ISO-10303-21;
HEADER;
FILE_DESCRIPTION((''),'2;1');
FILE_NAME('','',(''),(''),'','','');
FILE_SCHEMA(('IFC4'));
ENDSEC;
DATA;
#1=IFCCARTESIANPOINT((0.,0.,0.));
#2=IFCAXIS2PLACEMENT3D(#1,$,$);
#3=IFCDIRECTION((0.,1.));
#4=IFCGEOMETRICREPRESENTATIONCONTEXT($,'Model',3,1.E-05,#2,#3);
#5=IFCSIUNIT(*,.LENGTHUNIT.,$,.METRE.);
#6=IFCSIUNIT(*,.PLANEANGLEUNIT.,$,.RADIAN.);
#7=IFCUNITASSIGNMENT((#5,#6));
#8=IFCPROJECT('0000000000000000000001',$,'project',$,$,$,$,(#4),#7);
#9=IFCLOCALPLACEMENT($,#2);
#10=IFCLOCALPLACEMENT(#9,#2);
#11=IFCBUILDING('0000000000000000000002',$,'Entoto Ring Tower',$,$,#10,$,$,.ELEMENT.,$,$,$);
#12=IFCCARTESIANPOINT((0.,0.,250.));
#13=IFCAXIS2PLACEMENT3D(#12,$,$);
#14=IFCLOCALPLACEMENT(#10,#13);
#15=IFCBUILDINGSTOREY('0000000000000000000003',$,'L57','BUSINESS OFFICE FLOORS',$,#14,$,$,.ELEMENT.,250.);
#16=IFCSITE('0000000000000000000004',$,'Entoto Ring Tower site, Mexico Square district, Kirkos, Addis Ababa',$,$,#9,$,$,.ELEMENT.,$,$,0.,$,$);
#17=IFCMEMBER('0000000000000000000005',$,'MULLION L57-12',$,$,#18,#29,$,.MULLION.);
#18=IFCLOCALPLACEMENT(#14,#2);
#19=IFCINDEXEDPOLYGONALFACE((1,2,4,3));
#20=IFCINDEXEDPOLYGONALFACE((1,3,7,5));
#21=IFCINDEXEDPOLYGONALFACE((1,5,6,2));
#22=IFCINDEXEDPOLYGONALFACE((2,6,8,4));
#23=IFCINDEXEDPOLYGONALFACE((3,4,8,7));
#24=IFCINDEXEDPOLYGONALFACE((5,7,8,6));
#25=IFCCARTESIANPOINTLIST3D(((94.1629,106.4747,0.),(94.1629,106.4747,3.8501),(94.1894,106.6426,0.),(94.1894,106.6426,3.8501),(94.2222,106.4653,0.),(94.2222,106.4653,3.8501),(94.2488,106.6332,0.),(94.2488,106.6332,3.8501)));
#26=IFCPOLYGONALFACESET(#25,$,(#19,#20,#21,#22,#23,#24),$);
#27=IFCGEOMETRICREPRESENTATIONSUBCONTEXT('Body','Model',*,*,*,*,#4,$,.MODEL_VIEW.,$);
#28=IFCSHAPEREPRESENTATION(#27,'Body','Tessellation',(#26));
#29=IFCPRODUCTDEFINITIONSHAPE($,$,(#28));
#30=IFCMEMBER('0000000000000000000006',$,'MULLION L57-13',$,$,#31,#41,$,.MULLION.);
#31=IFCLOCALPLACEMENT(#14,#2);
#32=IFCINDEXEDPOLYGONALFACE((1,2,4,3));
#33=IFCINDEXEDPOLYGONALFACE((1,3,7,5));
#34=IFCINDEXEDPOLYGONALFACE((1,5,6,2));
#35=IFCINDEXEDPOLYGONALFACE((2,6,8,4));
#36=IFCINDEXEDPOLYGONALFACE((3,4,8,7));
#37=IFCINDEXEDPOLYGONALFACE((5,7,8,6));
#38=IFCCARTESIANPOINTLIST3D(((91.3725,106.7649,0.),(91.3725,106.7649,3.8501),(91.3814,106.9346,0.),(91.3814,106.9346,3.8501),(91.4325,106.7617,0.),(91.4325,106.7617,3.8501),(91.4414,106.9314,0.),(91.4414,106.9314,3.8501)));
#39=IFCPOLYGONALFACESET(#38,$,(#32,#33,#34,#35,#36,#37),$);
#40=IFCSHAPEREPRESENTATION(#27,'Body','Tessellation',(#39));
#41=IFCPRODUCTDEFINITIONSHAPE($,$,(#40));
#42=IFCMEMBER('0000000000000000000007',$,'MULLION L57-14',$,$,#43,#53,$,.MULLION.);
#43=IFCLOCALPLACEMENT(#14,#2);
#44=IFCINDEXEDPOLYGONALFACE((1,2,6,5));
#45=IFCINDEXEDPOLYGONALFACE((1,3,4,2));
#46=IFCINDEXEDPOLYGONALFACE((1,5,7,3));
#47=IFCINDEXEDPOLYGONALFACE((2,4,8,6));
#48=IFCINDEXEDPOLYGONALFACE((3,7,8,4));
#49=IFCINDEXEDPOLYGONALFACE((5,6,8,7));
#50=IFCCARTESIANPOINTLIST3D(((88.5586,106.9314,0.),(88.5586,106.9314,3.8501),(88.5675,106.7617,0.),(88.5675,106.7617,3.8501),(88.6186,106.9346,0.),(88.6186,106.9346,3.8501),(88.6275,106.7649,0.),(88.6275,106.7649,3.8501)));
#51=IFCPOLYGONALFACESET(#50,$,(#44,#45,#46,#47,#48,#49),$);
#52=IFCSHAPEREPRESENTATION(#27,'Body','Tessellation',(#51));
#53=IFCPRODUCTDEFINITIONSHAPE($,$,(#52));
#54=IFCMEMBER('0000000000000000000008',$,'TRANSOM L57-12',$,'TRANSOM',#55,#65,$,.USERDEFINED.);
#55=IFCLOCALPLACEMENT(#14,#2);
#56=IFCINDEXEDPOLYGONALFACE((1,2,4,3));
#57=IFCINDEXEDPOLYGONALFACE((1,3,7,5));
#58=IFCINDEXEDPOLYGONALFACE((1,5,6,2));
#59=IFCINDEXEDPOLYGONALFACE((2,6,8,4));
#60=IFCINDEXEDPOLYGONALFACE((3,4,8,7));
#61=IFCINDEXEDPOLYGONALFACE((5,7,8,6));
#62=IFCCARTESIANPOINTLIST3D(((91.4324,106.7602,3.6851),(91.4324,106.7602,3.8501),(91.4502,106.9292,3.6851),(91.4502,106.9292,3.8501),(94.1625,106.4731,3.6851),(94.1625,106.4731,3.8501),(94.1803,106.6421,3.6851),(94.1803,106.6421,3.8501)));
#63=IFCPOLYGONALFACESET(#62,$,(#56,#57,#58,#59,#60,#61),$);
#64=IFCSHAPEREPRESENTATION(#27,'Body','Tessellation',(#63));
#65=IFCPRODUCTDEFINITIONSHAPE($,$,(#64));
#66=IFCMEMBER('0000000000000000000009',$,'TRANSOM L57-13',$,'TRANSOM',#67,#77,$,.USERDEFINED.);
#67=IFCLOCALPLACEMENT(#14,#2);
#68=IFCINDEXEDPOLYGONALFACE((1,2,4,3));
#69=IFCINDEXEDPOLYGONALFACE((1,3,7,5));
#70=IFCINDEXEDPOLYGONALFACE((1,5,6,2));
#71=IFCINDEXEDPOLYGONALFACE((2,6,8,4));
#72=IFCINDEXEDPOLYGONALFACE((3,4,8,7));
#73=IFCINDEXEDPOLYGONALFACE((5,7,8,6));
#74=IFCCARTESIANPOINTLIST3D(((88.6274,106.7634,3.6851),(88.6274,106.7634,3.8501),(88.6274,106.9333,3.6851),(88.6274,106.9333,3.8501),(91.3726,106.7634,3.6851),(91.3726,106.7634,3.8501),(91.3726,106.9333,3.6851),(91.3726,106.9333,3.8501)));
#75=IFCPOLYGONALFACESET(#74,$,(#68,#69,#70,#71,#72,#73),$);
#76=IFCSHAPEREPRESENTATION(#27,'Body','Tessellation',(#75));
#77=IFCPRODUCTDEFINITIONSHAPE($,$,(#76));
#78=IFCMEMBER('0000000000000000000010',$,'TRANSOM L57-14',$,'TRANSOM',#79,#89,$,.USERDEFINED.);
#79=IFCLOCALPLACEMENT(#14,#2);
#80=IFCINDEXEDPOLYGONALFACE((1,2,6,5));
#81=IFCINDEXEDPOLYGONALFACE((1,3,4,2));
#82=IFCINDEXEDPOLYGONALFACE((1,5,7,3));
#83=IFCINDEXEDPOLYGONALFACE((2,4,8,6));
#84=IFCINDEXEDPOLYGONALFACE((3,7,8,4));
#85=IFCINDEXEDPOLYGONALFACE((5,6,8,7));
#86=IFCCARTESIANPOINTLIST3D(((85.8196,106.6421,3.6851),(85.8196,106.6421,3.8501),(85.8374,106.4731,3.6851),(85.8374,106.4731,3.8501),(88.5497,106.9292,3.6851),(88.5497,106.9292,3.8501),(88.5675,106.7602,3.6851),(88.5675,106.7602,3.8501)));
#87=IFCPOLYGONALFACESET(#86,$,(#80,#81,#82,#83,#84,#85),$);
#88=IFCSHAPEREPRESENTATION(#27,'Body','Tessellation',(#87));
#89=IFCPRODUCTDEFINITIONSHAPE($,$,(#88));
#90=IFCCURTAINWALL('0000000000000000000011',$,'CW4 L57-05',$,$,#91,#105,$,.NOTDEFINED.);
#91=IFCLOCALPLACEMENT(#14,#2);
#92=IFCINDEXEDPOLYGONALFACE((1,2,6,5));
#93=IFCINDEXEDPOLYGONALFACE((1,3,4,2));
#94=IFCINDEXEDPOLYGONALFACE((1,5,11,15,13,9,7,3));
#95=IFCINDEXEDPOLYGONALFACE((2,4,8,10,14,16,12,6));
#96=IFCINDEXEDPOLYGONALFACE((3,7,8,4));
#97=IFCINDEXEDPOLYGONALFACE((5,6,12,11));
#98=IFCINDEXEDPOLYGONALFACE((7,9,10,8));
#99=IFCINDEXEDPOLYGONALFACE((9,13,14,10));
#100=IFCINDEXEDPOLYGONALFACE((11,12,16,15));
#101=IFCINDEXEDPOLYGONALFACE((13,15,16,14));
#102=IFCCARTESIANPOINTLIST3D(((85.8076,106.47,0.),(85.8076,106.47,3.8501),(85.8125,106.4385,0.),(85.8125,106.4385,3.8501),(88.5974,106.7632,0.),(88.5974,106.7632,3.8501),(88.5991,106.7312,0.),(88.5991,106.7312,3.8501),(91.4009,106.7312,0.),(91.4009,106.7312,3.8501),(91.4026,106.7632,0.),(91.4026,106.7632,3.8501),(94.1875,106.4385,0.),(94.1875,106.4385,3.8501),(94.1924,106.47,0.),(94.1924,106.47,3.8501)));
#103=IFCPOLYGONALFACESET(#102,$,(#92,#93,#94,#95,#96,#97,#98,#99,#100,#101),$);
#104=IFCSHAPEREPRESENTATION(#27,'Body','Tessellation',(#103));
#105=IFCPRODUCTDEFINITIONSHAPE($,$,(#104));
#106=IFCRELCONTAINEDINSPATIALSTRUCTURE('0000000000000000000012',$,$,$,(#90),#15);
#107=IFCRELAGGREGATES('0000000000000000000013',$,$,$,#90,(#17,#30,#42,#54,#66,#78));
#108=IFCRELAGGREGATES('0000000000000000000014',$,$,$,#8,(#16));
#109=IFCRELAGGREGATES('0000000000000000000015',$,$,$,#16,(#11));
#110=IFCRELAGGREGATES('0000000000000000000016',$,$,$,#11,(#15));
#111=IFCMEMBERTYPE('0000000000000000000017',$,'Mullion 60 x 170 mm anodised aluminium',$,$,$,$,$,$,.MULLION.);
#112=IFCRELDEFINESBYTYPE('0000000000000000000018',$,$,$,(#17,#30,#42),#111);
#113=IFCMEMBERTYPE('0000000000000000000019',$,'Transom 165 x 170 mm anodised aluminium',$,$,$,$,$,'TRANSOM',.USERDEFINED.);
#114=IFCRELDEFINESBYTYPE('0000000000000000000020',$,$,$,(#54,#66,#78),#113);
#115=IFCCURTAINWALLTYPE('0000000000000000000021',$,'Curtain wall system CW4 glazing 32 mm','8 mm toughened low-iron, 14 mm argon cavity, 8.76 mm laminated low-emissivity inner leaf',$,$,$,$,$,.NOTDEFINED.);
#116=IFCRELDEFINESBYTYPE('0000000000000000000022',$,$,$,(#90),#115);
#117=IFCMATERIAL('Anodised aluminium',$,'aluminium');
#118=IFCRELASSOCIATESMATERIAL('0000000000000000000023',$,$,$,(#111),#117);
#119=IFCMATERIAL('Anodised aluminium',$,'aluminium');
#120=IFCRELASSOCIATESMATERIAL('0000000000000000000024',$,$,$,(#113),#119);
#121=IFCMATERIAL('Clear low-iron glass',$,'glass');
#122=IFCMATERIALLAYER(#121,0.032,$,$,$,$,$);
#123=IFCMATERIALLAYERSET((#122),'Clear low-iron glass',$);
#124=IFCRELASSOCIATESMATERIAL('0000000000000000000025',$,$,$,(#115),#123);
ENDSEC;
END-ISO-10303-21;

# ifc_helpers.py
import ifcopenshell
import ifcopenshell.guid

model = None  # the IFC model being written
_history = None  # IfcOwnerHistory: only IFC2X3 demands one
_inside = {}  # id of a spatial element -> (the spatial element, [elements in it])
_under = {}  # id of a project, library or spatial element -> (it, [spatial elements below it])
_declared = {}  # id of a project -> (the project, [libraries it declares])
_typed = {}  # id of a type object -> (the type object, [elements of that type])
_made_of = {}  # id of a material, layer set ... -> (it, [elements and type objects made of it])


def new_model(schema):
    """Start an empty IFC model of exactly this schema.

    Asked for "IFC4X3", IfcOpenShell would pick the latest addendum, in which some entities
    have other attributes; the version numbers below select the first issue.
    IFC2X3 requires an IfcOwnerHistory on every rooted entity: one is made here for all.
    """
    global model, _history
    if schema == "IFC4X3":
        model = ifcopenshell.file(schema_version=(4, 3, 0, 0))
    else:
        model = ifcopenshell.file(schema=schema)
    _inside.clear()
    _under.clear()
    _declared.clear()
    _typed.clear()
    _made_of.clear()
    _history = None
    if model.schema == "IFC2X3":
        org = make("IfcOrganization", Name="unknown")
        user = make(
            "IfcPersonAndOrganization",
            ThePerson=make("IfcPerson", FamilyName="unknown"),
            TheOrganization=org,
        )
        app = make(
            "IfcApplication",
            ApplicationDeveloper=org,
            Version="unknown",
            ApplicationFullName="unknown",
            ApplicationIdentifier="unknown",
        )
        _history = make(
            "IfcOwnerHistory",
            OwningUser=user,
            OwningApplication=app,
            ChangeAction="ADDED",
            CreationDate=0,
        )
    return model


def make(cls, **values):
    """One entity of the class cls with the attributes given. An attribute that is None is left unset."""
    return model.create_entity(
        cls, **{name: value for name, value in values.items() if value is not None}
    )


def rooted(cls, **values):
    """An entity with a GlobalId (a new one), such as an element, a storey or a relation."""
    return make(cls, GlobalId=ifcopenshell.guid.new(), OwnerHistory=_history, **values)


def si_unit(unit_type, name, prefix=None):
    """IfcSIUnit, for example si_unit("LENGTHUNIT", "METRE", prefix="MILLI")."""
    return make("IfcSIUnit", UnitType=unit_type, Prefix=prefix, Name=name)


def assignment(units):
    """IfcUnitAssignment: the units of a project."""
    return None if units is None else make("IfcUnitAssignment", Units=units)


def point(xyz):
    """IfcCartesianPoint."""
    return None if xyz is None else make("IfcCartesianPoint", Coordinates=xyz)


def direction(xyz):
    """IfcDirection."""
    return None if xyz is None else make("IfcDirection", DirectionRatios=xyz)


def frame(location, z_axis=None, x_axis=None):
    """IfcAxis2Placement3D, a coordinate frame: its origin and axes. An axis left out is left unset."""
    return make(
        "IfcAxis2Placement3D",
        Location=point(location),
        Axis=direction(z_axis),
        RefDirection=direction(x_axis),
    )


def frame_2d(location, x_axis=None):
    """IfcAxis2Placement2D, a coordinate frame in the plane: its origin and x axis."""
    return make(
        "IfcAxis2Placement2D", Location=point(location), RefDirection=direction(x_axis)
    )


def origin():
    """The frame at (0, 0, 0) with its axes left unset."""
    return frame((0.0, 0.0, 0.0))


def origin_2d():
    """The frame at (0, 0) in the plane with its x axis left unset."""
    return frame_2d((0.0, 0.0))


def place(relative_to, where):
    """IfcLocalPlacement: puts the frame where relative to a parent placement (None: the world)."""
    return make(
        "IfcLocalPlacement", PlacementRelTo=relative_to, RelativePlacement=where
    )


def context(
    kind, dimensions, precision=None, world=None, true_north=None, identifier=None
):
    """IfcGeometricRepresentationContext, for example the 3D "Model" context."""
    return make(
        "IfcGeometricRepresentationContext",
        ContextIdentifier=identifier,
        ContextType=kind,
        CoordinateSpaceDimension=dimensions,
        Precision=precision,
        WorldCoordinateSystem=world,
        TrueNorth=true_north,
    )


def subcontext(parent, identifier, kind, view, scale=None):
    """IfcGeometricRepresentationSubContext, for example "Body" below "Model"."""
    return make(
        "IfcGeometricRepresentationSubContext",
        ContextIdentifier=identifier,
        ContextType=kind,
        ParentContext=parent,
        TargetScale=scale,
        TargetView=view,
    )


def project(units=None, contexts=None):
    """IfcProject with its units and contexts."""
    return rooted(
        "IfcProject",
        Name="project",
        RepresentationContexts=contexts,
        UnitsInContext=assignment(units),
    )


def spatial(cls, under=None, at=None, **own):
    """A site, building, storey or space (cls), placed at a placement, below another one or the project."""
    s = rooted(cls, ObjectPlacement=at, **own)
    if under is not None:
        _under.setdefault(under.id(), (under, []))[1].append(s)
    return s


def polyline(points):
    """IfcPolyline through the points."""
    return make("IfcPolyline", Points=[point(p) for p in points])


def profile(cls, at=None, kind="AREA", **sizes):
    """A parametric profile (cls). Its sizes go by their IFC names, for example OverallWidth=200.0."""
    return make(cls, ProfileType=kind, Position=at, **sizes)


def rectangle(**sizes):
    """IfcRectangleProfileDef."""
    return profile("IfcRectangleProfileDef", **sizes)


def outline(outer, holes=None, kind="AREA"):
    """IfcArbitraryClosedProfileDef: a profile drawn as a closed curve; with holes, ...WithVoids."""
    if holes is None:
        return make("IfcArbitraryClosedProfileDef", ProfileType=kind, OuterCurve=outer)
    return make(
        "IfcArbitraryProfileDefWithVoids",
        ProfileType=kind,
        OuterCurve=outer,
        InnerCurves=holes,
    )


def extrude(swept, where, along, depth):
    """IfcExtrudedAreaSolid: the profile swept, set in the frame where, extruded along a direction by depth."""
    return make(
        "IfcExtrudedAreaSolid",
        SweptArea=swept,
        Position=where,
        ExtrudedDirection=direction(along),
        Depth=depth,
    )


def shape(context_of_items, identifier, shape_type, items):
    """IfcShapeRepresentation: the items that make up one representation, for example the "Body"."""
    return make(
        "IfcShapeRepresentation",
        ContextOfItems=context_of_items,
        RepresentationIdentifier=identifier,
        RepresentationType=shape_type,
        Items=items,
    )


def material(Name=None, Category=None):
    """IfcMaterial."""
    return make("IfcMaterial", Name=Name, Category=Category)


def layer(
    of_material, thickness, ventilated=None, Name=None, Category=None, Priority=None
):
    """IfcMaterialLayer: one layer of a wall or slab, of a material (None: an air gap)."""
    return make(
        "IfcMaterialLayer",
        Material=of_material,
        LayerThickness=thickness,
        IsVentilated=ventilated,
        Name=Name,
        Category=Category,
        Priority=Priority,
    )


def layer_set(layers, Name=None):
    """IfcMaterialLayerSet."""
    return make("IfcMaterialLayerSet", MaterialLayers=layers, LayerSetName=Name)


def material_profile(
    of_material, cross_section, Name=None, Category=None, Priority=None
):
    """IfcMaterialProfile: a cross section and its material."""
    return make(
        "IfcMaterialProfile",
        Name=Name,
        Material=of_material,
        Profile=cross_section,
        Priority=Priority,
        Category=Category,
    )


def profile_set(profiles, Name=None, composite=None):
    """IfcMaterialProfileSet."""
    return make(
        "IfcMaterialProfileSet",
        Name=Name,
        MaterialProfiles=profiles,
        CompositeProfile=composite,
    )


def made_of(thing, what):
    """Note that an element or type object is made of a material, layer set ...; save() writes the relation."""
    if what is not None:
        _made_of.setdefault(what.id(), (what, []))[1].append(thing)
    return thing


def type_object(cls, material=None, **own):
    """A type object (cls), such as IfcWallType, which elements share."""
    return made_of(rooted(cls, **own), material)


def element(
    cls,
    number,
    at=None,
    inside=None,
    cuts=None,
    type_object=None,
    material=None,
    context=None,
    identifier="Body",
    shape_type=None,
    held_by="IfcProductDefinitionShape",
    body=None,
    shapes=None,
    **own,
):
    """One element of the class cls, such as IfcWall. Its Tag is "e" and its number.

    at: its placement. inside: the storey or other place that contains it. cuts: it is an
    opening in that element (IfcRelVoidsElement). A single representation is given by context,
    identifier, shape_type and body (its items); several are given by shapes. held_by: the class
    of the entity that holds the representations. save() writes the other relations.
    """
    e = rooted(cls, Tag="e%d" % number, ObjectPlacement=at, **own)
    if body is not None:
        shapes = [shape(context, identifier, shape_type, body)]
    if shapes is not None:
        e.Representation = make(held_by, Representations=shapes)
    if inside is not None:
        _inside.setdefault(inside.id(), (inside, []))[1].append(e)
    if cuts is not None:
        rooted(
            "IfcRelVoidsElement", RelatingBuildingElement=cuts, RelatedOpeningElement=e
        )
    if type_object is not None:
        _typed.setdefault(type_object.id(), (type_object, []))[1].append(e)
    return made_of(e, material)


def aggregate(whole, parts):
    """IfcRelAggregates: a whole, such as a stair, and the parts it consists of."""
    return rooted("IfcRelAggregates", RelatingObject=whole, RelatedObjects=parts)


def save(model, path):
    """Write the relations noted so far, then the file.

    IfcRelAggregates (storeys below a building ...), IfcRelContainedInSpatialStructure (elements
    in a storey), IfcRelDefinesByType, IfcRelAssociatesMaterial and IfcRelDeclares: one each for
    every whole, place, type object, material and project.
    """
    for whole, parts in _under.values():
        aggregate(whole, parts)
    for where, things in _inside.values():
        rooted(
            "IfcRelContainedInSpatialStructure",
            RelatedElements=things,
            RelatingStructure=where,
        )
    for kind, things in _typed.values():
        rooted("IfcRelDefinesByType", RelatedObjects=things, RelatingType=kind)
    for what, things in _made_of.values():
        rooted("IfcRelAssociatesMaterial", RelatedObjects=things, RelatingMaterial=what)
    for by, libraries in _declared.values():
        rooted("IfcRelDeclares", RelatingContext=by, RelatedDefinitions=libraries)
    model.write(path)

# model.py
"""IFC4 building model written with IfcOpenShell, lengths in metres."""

from ifc_helpers import new_model, si_unit, direction, frame, origin, origin_2d, place, context, subcontext, project, spatial, polyline, rectangle, outline, extrude, material, layer, layer_set, material_profile, profile_set, type_object, element, aggregate, save


model = new_model("IFC4")

# Units and contexts
model_context = context("Model", 3, precision=1e-05, world=origin(), true_north=direction((0.0, 1.0)))
body_context = subcontext(model_context, "Body", "Model", "MODEL_VIEW")
ifc_project = project(units=[si_unit("LENGTHUNIT", "METRE"), si_unit("PLANEANGLEUNIT", "RADIAN")], contexts=[model_context])

# Members
ifc_material_1 = material(Name="Anodised aluminium", Category="aluminium")
ifc_material_profile_1 = material_profile(ifc_material_1, rectangle(XDim=0.0601, YDim=0.1699, at=origin_2d()), Name="Mullion 60 x 170 mm anodised aluminium")
ifc_profile_set_1 = profile_set([ifc_material_profile_1], Name="Anodised aluminium")
member_type_1 = type_object("IfcMemberType", Name="Mullion 60 x 170 mm anodised aluminium", PredefinedType="MULLION", material=ifc_profile_set_1)
site_placement = place(None, origin())
building_placement = place(site_placement, origin())
storey_placement = place(building_placement, frame((0.0, 0.0, 250.0)))
member_1_placement = place(storey_placement, frame((94.2058, 106.554, 0.0), z_axis=(0.0, 0.0, 1.0), x_axis=(-0.987688, 0.156434, 0.0)))
member_1 = element("IfcMember", 1, at=member_1_placement, type_object=member_type_1, Name="MULLION L57-12", PredefinedType="MULLION", context=body_context, shape_type="SweptSolid", body=[
    extrude(rectangle(XDim=0.0601, YDim=0.1699, at=origin_2d()), origin(), (0.0, 0.0, 1.0), 3.8501),
])
member_2_placement = place(storey_placement, frame((91.407, 106.8481, 0.0), z_axis=(0.0, 0.0, 1.0), x_axis=(-0.99863, 0.052336, 0.0)))
member_2 = element("IfcMember", 2, at=member_2_placement, type_object=member_type_1, Name="MULLION L57-13", PredefinedType="MULLION", context=body_context, shape_type="SweptSolid", body=[
    extrude(rectangle(XDim=0.0601, YDim=0.1699, at=origin_2d()), origin(), (0.0, 0.0, 1.0), 3.8501),
])
member_3_placement = place(storey_placement, frame((88.593, 106.8481, 0.0), z_axis=(0.0, 0.0, 1.0), x_axis=(-0.99863, -0.052336, 0.0)))
member_3 = element("IfcMember", 3, at=member_3_placement, type_object=member_type_1, Name="MULLION L57-14", PredefinedType="MULLION", context=body_context, shape_type="SweptSolid", body=[
    extrude(rectangle(XDim=0.0601, YDim=0.1699, at=origin_2d()), origin(), (0.0, 0.0, 1.0), 3.8501),
])
ifc_material_2 = material(Name="Anodised aluminium", Category="aluminium")
ifc_material_profile_2 = material_profile(ifc_material_2, rectangle(XDim=0.1699, YDim=0.165, at=origin_2d()), Name="Transom 165 x 170 mm anodised aluminium")
ifc_profile_set_2 = profile_set([ifc_material_profile_2], Name="Anodised aluminium")
member_type_2 = type_object("IfcMemberType", Name="Transom 165 x 170 mm anodised aluminium", ElementType="TRANSOM", PredefinedType="USERDEFINED", material=ifc_profile_set_2)
member_4_placement = place(storey_placement, frame((94.1714, 106.5576, 3.7676), z_axis=(-0.994515, 0.104592, 0.0), x_axis=(-0.104592, -0.994515, 0.0)))
member_4 = element("IfcMember", 4, at=member_4_placement, type_object=member_type_2, Name="TRANSOM L57-12", ObjectType="TRANSOM", PredefinedType="USERDEFINED", context=body_context, shape_type="SweptSolid", body=[
    extrude(rectangle(XDim=0.1699, YDim=0.165, at=origin_2d()), origin(), (0.0, 0.0, 1.0), 2.7451),
])
member_5_placement = place(storey_placement, frame((91.3726, 106.8484, 3.7676), z_axis=(-1.0, 0.0, 0.0), x_axis=(0.0, -1.0, 0.0)))
member_5 = element("IfcMember", 5, at=member_5_placement, type_object=member_type_2, Name="TRANSOM L57-13", ObjectType="TRANSOM", PredefinedType="USERDEFINED", context=body_context, shape_type="SweptSolid", body=[
    extrude(rectangle(XDim=0.1699, YDim=0.165, at=origin_2d()), origin(), (0.0, 0.0, 1.0), 2.7451),
])
member_6_placement = place(storey_placement, frame((88.5586, 106.8447, 3.7676), z_axis=(-0.994515, -0.104592, 0.0), x_axis=(0.104592, -0.994515, 0.0)))
member_6 = element("IfcMember", 6, at=member_6_placement, type_object=member_type_2, Name="TRANSOM L57-14", ObjectType="TRANSOM", PredefinedType="USERDEFINED", context=body_context, shape_type="SweptSolid", body=[
    extrude(rectangle(XDim=0.1699, YDim=0.165, at=origin_2d()), origin(), (0.0, 0.0, 1.0), 2.7451),
])

# Site, building, storey
site = spatial("IfcSite", under=ifc_project, at=site_placement, Name="Entoto Ring Tower site, Mexico Square district, Kirkos, Addis Ababa", CompositionType="ELEMENT", RefElevation=0.0)
building = spatial("IfcBuilding", under=site, at=building_placement, Name="Entoto Ring Tower", CompositionType="ELEMENT")
storey = spatial("IfcBuildingStorey", under=building, at=storey_placement, Name="L57", Description="BUSINESS OFFICE FLOORS", CompositionType="ELEMENT", Elevation=250.0)

# Curtain wall
ifc_material_3 = material(Name="Clear low-iron glass", Category="glass")
ifc_layer = layer(ifc_material_3, 0.032)
ifc_layer_set = layer_set([ifc_layer], Name="Clear low-iron glass")
curtain_wall_type = type_object("IfcCurtainWallType", Name="Curtain wall system CW4 glazing 32 mm", Description="8 mm toughened low-iron, 14 mm argon cavity, 8.76 mm laminated low-emissivity inner leaf", PredefinedType="NOTDEFINED", material=ifc_layer_set)
curtain_wall_1_placement = place(storey_placement, origin())
curtain_wall_1 = element("IfcCurtainWall", 7, at=curtain_wall_1_placement, inside=storey, type_object=curtain_wall_type, Name="CW4 L57-05", PredefinedType="NOTDEFINED", context=body_context, shape_type="SweptSolid", body=[
    extrude(outline(polyline([(94.1924, 106.47), (91.4026, 106.7632), (88.5974, 106.7632), (85.8076, 106.47), (85.8125, 106.4385), (88.5991, 106.7312), (91.4009, 106.7312), (94.1875, 106.4385), (94.1924, 106.47)])), origin(), (0.0, 0.0, 1.0), 3.8501),
])
aggregate(curtain_wall_1, [member_1, member_2, member_3, member_4, member_5, member_6])

save(model, "model.ifc")
